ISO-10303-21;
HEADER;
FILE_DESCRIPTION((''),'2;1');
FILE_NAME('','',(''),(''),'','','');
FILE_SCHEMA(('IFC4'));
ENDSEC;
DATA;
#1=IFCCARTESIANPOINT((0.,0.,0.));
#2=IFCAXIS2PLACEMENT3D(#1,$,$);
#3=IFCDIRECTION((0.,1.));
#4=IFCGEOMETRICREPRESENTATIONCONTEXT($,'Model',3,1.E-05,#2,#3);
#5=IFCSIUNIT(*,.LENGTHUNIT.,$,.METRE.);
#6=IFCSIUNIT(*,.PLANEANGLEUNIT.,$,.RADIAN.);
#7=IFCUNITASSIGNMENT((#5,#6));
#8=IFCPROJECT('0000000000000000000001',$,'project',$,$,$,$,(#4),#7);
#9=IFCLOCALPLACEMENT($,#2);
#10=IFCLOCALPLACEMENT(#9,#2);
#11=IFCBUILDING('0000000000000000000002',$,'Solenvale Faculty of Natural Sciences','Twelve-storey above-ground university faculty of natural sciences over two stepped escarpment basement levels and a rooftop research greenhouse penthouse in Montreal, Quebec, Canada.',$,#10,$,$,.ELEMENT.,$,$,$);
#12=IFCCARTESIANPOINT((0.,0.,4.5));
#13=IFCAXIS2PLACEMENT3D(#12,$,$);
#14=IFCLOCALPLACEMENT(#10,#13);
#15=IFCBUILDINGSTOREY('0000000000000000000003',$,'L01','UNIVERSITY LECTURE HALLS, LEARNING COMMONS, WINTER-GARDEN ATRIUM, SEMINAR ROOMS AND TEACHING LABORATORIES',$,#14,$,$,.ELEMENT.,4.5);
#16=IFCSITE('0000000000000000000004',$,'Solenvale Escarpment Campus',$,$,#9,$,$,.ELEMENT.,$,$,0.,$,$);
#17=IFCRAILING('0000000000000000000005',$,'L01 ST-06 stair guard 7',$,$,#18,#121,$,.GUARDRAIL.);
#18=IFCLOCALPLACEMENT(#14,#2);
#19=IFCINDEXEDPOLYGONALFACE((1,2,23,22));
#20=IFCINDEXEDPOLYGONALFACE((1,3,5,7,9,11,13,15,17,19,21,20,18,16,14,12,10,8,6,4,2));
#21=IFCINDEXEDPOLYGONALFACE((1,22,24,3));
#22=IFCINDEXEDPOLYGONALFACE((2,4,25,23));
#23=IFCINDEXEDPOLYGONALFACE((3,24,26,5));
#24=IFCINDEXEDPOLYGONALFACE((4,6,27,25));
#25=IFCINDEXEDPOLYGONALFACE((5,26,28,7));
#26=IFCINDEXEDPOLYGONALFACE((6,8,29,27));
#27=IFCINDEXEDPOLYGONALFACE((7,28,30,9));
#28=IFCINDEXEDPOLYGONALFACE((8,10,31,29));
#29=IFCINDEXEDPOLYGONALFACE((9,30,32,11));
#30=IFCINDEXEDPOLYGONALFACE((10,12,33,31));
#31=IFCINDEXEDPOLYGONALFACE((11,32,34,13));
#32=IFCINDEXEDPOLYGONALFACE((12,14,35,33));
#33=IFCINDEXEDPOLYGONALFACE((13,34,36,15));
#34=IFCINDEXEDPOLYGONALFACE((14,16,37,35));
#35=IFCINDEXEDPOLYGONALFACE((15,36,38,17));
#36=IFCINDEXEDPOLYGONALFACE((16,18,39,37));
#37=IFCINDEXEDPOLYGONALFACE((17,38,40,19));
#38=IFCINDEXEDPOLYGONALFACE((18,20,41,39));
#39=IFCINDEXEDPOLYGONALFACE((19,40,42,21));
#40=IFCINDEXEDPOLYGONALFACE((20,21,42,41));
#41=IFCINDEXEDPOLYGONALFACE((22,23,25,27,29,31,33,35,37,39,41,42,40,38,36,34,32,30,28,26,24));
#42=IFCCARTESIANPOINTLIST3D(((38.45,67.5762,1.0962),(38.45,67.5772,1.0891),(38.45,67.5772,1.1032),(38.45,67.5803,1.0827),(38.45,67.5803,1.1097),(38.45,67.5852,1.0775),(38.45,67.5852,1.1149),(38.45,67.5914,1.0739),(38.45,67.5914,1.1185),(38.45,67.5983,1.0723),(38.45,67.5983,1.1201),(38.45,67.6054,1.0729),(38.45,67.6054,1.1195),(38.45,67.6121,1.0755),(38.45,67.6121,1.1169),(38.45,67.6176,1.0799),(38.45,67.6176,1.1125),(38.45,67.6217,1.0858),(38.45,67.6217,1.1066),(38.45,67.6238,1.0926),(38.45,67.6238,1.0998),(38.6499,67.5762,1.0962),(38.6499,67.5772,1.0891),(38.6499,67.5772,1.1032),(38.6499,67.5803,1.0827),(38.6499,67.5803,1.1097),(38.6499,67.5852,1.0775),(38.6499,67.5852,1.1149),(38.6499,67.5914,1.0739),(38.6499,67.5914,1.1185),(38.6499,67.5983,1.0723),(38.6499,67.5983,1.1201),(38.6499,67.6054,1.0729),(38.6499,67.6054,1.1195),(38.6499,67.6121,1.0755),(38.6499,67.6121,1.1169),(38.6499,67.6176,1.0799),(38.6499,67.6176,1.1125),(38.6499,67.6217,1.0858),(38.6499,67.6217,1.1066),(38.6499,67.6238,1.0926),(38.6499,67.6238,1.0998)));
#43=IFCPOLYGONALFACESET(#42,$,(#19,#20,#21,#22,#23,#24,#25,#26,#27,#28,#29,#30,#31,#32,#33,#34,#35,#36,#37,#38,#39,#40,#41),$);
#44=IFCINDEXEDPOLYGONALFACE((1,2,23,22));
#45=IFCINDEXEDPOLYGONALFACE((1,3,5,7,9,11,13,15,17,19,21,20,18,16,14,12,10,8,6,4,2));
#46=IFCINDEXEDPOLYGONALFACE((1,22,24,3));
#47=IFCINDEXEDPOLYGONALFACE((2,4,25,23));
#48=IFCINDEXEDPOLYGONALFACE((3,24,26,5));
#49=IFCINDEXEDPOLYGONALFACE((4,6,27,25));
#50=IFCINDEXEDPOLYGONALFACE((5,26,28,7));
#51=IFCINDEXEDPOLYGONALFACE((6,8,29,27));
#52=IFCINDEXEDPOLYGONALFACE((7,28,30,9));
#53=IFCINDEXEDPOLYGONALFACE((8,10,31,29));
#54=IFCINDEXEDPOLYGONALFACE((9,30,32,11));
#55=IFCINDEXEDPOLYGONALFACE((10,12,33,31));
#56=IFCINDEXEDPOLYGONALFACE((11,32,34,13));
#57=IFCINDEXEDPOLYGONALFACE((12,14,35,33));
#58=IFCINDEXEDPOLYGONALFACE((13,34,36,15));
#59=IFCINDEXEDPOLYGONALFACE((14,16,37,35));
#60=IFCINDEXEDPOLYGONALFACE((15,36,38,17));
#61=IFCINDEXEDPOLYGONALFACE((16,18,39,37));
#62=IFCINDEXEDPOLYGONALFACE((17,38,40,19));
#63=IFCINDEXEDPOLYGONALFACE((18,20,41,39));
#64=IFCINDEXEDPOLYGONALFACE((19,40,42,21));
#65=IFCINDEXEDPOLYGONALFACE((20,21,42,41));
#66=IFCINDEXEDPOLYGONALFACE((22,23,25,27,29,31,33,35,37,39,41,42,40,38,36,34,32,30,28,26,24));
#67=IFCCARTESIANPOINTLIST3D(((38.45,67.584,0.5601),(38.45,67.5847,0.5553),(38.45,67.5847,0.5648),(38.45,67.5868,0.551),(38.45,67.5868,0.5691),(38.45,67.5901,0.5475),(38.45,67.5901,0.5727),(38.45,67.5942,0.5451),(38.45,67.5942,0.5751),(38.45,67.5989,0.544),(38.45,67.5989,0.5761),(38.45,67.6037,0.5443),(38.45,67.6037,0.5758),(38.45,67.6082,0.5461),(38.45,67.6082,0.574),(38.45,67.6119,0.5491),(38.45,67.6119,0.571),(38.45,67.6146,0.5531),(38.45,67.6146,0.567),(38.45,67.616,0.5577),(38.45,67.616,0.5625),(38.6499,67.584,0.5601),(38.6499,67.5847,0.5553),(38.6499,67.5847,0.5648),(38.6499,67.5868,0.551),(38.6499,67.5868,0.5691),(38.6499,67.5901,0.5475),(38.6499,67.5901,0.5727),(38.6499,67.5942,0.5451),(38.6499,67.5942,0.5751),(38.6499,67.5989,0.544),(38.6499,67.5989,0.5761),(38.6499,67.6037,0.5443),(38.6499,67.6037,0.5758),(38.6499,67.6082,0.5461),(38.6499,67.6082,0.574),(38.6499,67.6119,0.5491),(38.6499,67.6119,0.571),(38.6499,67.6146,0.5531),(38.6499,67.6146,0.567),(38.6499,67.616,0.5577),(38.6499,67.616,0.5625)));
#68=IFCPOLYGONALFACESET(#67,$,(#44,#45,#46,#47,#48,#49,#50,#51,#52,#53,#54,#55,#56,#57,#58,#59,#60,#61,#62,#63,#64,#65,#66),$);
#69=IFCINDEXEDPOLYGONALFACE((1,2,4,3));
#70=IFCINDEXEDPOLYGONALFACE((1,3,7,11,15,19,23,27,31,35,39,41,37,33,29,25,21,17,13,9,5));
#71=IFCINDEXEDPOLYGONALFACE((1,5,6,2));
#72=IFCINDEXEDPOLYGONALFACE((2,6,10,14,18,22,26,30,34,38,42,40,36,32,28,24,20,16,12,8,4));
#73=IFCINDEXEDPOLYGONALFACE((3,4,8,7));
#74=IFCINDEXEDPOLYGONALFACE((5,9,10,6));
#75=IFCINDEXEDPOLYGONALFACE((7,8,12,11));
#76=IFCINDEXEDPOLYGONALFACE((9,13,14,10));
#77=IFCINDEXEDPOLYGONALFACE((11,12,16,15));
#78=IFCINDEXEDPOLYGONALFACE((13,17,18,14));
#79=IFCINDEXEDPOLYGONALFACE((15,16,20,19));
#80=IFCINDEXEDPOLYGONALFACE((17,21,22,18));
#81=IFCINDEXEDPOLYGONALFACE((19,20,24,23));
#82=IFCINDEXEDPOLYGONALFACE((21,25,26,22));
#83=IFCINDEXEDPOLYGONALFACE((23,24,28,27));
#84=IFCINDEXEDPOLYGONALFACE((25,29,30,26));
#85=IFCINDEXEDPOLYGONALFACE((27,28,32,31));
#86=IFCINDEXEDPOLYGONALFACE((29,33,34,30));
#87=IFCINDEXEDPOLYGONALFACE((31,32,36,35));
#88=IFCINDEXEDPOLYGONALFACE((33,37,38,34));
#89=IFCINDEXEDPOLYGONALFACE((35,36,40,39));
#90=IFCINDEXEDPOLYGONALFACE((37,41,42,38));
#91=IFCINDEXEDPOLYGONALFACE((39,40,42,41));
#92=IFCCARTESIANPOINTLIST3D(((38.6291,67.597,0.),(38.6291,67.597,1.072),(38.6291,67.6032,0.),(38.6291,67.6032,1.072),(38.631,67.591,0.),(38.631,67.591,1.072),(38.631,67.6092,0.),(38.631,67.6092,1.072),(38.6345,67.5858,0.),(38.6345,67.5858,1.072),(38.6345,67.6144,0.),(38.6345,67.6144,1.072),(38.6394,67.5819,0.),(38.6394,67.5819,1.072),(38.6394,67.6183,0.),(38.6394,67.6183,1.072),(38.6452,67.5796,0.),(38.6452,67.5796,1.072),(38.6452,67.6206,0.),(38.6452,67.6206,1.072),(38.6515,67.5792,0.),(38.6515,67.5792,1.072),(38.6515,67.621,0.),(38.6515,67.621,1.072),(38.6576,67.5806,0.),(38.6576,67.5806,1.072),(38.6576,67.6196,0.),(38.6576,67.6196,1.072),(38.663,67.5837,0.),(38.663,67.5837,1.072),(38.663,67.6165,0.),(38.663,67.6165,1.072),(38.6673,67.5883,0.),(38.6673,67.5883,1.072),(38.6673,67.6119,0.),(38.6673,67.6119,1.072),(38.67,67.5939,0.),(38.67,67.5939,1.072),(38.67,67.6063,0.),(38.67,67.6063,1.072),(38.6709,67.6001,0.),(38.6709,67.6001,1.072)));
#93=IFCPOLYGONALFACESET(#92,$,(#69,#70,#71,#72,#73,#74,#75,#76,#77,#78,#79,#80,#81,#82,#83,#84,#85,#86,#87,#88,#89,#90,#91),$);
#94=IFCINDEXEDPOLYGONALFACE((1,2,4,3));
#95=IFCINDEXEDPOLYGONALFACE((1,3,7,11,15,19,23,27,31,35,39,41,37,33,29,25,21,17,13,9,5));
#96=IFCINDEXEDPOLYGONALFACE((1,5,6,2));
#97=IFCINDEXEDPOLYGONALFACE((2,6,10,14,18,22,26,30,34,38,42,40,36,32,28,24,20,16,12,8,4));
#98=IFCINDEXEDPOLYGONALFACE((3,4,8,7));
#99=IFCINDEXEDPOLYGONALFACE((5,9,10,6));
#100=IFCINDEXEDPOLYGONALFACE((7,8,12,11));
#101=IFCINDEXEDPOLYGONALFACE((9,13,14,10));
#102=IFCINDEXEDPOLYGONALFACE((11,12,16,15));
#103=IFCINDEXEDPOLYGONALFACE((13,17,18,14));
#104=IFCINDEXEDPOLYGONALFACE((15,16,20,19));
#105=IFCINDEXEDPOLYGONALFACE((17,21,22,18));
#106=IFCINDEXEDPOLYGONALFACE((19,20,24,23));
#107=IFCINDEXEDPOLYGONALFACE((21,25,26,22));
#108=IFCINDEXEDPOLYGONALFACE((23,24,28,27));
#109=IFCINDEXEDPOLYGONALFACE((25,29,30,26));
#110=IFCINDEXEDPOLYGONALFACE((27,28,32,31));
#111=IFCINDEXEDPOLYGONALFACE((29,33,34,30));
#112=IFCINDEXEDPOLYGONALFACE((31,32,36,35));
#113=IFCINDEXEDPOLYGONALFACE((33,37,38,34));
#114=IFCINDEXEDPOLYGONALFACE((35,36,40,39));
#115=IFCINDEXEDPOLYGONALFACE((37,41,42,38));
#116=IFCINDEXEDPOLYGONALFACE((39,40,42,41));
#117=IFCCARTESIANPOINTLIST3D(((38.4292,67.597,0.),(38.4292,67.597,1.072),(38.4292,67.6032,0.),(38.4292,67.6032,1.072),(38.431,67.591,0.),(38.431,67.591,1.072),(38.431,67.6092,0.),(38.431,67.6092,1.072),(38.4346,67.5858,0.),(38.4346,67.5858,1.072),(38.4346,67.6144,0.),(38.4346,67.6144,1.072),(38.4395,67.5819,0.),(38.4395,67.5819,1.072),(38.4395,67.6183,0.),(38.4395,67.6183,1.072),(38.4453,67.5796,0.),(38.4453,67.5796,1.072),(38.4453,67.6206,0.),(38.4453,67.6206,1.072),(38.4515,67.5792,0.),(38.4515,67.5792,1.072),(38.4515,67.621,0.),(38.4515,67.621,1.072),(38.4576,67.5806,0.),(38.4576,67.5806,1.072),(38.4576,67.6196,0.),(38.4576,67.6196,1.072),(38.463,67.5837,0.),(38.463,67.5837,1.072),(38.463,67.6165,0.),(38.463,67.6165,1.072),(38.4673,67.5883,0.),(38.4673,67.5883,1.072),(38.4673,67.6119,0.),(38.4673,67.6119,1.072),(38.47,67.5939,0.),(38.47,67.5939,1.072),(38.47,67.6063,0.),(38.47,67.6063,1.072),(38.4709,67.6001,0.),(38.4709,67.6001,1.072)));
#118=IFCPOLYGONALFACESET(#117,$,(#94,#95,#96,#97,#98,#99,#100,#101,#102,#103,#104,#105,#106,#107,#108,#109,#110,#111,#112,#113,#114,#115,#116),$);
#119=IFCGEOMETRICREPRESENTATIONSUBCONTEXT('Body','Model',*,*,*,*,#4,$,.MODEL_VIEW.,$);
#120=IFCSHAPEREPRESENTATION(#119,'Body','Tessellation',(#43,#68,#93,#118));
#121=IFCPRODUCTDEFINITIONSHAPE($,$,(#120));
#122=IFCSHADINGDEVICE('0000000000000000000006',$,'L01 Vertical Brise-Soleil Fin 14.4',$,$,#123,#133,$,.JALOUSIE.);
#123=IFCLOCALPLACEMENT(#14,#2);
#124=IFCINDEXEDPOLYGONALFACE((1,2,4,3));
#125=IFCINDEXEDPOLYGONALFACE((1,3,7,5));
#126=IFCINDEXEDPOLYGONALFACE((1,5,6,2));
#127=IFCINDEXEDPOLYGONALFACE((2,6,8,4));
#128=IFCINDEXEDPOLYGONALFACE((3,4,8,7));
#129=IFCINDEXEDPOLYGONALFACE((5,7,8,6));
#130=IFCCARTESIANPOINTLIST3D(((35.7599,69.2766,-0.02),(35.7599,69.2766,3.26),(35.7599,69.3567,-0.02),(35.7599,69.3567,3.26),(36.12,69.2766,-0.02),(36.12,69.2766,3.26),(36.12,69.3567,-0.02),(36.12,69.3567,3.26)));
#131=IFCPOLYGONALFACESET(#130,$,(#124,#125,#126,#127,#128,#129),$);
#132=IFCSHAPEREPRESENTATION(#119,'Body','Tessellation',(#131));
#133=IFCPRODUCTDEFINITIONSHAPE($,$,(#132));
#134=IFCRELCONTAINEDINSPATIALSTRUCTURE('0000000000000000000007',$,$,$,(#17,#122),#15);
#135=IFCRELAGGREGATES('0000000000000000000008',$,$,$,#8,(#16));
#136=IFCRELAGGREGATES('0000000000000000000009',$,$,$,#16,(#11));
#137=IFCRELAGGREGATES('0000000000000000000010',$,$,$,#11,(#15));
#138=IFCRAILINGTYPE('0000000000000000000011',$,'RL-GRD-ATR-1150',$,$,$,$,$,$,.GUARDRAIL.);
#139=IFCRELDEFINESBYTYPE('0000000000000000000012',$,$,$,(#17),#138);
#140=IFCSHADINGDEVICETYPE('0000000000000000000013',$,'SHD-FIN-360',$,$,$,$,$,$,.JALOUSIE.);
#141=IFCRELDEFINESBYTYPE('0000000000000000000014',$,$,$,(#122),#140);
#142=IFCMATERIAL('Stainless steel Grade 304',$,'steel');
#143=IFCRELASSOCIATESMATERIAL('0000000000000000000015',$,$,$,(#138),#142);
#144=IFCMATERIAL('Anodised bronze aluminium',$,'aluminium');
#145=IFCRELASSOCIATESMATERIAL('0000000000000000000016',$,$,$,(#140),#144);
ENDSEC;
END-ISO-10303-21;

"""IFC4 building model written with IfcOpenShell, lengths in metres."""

from ifc_helpers import new_model, si_unit, direction, frame, origin, origin_2d, place, context, subcontext, project, spatial, rectangle, circle, extrude, material, material_profile, profile_set, type_object, element, save


model = new_model("IFC4")

# Units and contexts
model_context = context("Model", 3, precision=1e-05, world=origin(), true_north=direction((0.0, 1.0)))
body_context = subcontext(model_context, "Body", "Model", "MODEL_VIEW")
ifc_project = project(units=[si_unit("LENGTHUNIT", "METRE"), si_unit("PLANEANGLEUNIT", "RADIAN")], contexts=[model_context])

# Site, building, storey
site_placement = place(None, origin())
site = spatial("IfcSite", under=ifc_project, at=site_placement, Name="Solenvale Escarpment Campus", CompositionType="ELEMENT", RefElevation=0.0)
building_placement = place(site_placement, origin())
building = spatial("IfcBuilding", under=site, at=building_placement, Name="Solenvale Faculty of Natural Sciences", Description="Twelve-storey above-ground university faculty of natural sciences over two stepped escarpment basement levels and a rooftop research greenhouse penthouse in Montreal, Quebec, Canada.", CompositionType="ELEMENT")
storey_placement = place(building_placement, frame((0.0, 0.0, 4.5)))
storey = spatial("IfcBuildingStorey", under=building, at=storey_placement, Name="L01", Description="UNIVERSITY LECTURE HALLS, LEARNING COMMONS, WINTER-GARDEN ATRIUM, SEMINAR ROOMS AND TEACHING LABORATORIES", CompositionType="ELEMENT", Elevation=4.5)

# Shared definitions
ifc_material_1 = material(Name="Anodised bronze aluminium", Category="aluminium")

# Railing
ifc_material_2 = material(Name="Stainless steel Grade 304", Category="steel")
railing_type_1 = type_object("IfcRailingType", Name="RL-GRD-ATR-1150", PredefinedType="GUARDRAIL", material=ifc_material_2)
railing_1_placement = place(storey_placement, frame((38.6499, 67.6001, 0.0)))
element("IfcRailing", 1, at=railing_1_placement, inside=storey, type_object=railing_type_1, Name="L01 ST-06 stair guard 7", PredefinedType="GUARDRAIL", context=body_context, shape_type="SweptSolid", body=[
    extrude(circle(Radius=0.0239, at=origin_2d()), frame((0.0, 0.0, 1.0962), z_axis=(-1.0, 0.0, 0.0), x_axis=(0.0, -1.0, 0.0)), (0.0, 0.0, 1.0), 0.2),
    extrude(circle(Radius=0.0161, at=origin_2d()), frame((0.0, 0.0, 0.5601), z_axis=(-1.0, 0.0, 0.0), x_axis=(0.0, -1.0, 0.0)), (0.0, 0.0, 1.0), 0.2),
    extrude(circle(Radius=0.021, at=origin_2d()), origin(), (0.0, 0.0, 1.0), 1.072),
    extrude(circle(Radius=0.021, at=origin_2d()), frame((-0.2, 0.0, 0.0)), (0.0, 0.0, 1.0), 1.072),
])

# Shading device
ifc_material_profile_1 = material_profile(ifc_material_1, rectangle(XDim=0.0801, YDim=0.3601, at=origin_2d()), Name="ALU-FIN-80x360")
ifc_profile_set_1 = profile_set([ifc_material_profile_1], Name="Anodised bronze aluminium")
shading_device_type = type_object("IfcShadingDeviceType", Name="SHD-FIN-360", PredefinedType="JALOUSIE", material=ifc_profile_set_1)
shading_device_placement = place(storey_placement, frame((35.9399, 69.3167, -0.02), z_axis=(0.0, 0.0, 1.0), x_axis=(0.0, 1.0, 0.0)))
element("IfcShadingDevice", 2, at=shading_device_placement, inside=storey, type_object=shading_device_type, Name="L01 Vertical Brise-Soleil Fin 14.4", PredefinedType="JALOUSIE", context=body_context, shape_type="SweptSolid", body=[
    extrude(rectangle(XDim=0.0801, YDim=0.3601, at=origin_2d()), origin(), (0.0, 0.0, 1.0), 3.28),
])

save(model, "model.ifc")
